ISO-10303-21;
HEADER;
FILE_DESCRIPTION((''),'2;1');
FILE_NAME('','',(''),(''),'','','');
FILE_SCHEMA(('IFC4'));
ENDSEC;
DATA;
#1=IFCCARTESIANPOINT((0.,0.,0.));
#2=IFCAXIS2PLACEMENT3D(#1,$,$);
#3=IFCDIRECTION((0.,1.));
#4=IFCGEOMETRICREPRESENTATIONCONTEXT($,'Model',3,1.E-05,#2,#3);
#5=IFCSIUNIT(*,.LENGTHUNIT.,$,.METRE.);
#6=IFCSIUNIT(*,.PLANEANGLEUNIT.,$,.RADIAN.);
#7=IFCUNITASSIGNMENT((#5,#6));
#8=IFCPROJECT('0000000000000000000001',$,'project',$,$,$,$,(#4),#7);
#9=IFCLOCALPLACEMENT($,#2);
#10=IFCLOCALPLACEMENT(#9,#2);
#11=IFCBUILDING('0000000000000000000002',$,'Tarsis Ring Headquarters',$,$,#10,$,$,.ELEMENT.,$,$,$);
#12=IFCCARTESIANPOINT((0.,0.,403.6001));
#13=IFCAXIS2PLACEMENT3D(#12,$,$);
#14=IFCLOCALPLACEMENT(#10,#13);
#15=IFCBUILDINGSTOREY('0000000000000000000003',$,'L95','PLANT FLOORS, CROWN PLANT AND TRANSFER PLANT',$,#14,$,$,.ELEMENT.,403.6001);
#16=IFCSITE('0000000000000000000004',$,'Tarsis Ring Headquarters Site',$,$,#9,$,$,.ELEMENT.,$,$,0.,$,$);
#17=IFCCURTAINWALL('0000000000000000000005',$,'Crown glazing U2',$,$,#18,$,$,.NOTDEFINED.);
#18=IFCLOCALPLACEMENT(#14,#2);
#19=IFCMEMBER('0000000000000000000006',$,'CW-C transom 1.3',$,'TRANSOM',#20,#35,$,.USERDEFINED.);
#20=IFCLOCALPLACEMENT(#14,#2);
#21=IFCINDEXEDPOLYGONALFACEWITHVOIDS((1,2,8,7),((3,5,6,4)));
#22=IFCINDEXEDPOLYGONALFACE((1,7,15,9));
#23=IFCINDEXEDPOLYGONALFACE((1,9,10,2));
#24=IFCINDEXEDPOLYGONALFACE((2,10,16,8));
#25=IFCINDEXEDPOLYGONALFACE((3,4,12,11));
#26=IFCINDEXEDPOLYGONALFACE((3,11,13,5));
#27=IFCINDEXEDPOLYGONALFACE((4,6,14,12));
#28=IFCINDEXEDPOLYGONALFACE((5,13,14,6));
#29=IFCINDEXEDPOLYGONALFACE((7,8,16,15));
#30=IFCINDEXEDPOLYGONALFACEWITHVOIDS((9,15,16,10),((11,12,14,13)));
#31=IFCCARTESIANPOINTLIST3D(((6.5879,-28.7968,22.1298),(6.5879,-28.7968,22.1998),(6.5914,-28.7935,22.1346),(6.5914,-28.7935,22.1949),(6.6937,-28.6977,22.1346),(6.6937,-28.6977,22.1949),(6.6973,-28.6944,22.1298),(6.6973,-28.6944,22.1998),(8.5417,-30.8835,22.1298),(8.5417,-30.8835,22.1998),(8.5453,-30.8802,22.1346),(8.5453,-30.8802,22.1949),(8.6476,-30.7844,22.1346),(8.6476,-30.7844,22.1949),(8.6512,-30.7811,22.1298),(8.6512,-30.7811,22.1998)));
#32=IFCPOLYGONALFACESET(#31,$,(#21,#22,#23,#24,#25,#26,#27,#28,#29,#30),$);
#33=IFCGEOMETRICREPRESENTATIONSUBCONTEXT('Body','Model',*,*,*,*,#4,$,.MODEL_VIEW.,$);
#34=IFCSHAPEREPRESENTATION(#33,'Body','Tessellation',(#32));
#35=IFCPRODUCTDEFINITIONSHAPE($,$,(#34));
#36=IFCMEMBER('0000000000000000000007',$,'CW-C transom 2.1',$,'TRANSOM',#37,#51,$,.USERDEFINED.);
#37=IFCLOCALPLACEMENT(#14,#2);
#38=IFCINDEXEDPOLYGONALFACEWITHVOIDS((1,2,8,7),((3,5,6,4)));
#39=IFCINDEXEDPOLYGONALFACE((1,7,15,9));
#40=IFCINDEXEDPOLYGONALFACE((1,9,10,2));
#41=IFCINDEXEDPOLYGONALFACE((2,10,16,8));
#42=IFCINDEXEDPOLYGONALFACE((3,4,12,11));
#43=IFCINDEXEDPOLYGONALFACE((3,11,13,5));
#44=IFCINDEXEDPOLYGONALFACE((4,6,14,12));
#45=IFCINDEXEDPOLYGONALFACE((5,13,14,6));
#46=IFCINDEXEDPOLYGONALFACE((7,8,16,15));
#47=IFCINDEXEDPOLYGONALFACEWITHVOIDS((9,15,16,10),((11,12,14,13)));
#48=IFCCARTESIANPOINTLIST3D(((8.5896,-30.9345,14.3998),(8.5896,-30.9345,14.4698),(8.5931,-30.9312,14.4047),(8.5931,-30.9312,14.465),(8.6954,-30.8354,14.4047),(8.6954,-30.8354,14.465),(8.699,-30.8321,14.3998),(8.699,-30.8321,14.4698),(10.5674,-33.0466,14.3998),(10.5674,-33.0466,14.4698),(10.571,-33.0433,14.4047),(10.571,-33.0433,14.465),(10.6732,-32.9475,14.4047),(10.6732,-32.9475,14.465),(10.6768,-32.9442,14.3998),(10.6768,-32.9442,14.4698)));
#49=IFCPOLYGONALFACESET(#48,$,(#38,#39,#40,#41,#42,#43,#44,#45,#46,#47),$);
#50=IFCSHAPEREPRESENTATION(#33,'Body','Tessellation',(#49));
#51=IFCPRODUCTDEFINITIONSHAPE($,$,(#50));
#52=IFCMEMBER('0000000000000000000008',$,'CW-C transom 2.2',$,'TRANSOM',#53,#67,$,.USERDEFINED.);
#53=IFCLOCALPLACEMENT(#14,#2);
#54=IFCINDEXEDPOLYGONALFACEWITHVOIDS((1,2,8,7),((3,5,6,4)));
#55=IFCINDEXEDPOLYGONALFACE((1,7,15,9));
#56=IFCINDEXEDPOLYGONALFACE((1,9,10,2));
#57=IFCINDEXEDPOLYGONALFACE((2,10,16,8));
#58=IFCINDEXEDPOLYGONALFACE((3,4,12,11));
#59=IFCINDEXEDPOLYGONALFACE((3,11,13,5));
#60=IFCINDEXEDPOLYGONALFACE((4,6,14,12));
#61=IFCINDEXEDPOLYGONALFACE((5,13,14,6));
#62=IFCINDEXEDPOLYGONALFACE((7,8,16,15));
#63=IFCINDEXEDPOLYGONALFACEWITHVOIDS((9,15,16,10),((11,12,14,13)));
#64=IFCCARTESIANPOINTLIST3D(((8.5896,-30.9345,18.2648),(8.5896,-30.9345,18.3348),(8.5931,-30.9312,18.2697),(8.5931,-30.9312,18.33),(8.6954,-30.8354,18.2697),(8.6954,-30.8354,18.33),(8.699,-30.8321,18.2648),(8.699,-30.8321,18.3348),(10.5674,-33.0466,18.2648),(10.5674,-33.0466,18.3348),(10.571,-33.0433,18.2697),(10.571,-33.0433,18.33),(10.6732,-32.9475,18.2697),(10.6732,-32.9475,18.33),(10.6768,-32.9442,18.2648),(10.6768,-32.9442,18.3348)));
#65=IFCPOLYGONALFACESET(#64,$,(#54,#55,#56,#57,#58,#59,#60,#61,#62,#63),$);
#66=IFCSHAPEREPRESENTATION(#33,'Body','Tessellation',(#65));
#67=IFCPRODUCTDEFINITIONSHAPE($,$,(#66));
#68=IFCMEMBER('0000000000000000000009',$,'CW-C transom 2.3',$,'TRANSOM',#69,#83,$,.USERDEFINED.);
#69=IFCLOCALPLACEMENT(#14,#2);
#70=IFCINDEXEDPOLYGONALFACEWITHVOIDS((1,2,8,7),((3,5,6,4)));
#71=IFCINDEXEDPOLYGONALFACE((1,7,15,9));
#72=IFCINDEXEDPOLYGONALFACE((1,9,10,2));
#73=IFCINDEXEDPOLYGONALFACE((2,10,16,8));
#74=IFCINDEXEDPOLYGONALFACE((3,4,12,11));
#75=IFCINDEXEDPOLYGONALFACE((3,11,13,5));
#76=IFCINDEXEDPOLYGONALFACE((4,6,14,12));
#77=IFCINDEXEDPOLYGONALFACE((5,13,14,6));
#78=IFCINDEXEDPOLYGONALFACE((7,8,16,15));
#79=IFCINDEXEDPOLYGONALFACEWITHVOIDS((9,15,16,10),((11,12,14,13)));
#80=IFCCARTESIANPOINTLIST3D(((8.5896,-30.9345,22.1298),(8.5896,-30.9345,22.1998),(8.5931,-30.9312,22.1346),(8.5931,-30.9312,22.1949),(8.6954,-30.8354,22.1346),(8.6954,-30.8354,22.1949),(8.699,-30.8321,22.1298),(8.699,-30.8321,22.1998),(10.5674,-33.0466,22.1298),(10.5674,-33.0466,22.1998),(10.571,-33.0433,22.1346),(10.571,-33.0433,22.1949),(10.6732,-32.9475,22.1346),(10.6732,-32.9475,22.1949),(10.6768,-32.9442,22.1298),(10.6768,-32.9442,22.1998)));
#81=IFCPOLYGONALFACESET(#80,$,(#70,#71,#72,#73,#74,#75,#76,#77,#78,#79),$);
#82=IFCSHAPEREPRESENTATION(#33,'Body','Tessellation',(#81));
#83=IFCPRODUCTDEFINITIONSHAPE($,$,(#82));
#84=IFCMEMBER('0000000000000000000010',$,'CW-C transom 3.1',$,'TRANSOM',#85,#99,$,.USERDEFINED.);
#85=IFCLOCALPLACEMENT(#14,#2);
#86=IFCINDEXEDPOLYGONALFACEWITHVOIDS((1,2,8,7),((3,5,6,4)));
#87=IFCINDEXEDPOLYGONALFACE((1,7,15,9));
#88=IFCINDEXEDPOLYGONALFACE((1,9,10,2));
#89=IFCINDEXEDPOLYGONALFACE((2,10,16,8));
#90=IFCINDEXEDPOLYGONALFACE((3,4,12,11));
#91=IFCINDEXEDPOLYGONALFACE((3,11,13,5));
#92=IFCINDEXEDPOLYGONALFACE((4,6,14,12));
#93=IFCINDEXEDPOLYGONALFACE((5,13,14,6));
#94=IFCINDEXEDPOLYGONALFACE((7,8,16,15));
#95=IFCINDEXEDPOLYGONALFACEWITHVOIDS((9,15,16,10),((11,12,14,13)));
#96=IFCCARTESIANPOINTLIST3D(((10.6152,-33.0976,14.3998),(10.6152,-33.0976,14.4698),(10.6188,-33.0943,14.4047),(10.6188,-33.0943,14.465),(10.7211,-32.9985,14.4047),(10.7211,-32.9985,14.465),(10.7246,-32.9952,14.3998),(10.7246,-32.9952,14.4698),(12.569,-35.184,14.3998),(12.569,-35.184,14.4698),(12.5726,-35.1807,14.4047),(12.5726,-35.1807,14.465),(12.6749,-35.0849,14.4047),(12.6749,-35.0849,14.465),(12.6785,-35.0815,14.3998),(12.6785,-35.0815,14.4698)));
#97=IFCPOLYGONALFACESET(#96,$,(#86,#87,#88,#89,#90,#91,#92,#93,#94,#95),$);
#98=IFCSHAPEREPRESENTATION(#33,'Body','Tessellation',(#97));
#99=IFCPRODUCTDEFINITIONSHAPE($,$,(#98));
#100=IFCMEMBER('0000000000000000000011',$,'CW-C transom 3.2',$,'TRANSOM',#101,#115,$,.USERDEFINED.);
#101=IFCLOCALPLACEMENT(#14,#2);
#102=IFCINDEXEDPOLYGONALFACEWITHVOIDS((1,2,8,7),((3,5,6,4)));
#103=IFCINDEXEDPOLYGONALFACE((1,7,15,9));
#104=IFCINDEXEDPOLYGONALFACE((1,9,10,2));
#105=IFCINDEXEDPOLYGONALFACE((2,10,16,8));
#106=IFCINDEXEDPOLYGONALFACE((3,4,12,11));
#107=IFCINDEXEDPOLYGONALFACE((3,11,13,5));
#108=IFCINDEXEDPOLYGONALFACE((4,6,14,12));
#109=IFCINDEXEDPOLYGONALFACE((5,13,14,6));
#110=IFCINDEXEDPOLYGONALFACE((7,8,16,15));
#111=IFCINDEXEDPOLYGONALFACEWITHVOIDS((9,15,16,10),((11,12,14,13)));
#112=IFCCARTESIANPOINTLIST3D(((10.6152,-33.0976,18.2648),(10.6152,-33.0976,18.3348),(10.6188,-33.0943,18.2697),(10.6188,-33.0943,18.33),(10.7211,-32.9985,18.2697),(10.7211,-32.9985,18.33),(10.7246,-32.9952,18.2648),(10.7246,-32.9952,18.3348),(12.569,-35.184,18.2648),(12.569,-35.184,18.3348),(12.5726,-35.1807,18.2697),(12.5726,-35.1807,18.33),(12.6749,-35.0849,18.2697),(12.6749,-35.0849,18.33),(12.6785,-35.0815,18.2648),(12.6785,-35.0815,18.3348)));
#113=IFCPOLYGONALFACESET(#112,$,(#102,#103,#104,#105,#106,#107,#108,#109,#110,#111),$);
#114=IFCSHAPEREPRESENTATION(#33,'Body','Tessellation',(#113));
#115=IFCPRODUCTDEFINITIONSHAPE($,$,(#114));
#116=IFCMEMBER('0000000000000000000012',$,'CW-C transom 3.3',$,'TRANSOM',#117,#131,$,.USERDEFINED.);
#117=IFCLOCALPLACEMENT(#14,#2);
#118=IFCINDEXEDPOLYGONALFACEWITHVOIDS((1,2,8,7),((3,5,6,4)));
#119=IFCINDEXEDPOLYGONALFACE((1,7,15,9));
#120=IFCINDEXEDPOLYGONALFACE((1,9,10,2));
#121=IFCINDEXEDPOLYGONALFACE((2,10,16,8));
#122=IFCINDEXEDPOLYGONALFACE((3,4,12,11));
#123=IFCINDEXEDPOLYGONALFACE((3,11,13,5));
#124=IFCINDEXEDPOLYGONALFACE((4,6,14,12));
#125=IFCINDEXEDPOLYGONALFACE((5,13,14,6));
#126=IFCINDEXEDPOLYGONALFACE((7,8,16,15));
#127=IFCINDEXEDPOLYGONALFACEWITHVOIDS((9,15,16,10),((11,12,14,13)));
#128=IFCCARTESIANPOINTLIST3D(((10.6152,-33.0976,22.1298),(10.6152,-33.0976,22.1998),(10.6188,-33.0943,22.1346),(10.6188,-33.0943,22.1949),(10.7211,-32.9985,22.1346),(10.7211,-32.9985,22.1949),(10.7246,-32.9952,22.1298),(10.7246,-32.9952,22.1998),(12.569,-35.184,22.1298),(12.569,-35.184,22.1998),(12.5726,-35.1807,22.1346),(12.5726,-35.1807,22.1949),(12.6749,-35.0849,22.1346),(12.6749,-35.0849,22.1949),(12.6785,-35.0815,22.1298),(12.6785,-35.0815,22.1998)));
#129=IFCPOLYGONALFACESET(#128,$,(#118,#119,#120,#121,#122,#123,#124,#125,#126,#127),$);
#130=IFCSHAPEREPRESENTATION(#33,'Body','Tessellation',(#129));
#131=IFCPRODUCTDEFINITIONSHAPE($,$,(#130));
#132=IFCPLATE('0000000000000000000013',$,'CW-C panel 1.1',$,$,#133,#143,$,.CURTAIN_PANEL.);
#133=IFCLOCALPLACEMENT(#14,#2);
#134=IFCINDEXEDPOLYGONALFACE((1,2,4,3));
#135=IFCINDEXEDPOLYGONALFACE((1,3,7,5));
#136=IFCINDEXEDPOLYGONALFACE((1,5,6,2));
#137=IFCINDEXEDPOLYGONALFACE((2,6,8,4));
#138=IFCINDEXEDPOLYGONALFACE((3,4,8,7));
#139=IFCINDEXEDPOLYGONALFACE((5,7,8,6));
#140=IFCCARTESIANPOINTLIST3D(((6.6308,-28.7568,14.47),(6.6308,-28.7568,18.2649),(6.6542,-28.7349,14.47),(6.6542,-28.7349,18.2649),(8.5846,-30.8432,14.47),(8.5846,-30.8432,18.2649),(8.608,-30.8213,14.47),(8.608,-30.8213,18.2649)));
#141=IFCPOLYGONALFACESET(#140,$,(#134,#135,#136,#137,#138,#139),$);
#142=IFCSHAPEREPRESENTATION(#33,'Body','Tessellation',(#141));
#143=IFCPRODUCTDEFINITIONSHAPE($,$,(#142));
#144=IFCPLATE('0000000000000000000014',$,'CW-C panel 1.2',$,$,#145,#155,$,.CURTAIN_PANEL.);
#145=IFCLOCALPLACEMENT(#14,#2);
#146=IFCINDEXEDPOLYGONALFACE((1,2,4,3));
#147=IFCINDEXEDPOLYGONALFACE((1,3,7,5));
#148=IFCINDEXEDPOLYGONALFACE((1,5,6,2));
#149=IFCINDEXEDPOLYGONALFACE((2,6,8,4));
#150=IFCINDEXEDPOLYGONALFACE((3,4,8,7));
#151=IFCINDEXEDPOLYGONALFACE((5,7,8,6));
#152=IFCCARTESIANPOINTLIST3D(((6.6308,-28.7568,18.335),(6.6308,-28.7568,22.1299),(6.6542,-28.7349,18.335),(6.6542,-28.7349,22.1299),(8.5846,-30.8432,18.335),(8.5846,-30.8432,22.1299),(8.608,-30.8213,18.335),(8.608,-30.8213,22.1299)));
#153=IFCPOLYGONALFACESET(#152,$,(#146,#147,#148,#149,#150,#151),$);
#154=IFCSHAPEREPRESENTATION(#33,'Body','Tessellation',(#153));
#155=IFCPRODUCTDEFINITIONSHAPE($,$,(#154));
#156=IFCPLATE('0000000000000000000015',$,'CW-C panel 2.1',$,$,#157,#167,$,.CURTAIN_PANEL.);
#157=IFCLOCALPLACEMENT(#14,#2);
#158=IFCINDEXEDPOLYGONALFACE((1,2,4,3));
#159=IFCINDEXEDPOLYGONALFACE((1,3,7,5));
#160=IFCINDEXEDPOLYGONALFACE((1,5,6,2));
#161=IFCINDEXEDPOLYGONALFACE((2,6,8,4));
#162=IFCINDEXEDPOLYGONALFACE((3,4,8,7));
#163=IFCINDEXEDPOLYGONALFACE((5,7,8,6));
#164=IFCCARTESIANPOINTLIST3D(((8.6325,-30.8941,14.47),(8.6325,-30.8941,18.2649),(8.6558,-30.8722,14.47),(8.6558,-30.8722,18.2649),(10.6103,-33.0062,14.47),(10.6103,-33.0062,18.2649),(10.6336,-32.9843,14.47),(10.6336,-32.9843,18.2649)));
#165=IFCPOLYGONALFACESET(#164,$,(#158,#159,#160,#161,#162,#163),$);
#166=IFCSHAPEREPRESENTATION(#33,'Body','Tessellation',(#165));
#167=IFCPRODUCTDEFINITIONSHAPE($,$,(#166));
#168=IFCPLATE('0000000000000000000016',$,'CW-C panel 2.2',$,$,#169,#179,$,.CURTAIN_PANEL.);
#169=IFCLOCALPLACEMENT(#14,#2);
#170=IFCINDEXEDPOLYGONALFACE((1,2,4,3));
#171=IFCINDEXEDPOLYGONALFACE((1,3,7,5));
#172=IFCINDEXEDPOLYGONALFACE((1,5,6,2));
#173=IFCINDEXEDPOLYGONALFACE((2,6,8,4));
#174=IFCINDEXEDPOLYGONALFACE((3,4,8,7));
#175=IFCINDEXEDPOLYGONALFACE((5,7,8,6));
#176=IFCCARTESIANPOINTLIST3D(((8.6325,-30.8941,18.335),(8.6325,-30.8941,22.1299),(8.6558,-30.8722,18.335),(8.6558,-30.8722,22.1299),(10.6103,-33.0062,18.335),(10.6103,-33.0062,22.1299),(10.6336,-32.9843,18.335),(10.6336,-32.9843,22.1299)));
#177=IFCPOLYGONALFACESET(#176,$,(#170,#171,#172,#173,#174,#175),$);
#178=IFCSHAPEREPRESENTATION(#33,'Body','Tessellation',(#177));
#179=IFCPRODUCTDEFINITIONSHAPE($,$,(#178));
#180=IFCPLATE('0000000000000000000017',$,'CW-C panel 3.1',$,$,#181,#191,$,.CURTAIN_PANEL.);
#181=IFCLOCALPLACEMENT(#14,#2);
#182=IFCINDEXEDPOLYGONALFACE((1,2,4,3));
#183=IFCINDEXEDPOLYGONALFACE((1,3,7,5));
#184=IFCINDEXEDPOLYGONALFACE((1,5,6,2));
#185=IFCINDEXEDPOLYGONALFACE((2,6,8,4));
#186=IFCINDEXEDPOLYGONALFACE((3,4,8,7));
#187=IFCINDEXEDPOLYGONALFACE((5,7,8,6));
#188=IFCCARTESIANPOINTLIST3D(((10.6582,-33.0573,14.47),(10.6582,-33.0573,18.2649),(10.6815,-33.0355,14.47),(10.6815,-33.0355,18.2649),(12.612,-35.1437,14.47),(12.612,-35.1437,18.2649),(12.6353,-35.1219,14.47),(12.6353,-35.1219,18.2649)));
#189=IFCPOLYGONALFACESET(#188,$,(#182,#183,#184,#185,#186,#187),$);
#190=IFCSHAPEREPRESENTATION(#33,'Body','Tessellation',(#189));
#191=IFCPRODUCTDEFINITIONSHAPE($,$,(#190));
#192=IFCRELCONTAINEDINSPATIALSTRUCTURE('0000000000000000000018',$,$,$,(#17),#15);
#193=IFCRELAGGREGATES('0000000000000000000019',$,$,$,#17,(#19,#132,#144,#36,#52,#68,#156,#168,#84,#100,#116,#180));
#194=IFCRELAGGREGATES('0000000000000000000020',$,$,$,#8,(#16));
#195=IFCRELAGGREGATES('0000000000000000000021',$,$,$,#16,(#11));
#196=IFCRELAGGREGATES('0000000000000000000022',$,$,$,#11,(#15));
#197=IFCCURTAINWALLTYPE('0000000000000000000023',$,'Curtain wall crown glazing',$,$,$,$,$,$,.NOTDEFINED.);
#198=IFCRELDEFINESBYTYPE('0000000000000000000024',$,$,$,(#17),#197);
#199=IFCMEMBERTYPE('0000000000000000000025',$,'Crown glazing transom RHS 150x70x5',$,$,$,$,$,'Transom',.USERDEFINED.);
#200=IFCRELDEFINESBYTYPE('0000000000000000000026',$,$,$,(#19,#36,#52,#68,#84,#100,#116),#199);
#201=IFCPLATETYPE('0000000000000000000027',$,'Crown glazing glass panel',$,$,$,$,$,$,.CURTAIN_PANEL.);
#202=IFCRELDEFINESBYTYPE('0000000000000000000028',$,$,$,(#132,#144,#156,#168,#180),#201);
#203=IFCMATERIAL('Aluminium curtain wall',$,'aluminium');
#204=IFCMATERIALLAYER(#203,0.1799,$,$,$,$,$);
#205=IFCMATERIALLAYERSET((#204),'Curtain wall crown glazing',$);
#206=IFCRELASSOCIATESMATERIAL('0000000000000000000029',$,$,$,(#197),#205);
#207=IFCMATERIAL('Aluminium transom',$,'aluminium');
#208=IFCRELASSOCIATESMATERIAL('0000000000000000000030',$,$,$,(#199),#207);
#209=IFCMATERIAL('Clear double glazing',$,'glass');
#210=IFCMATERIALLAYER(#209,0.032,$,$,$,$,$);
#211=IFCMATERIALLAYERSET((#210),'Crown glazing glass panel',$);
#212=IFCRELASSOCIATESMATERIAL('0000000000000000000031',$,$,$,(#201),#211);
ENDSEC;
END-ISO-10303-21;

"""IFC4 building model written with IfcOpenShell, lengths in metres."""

from ifc_helpers import new_model, si_unit, direction, frame, origin, origin_2d, place, context, subcontext, project, spatial, rectangle, hollow_rectangle, extrude, material, layer, layer_set, material_profile, profile_set, type_object, element, aggregate, save


model = new_model("IFC4")

# Units and contexts
model_context = context("Model", 3, precision=1e-05, world=origin(), true_north=direction((0.0, 1.0)))
body_context = subcontext(model_context, "Body", "Model", "MODEL_VIEW")
ifc_project = project(units=[si_unit("LENGTHUNIT", "METRE"), si_unit("PLANEANGLEUNIT", "RADIAN")], contexts=[model_context])

# Site, building, storey
site_placement = place(None, origin())
site = spatial("IfcSite", under=ifc_project, at=site_placement, Name="Tarsis Ring Headquarters Site", CompositionType="ELEMENT", RefElevation=0.0)
building_placement = place(site_placement, origin())
building = spatial("IfcBuilding", under=site, at=building_placement, Name="Tarsis Ring Headquarters", CompositionType="ELEMENT")
storey_placement = place(building_placement, frame((0.0, 0.0, 403.6001)))
storey = spatial("IfcBuildingStorey", under=building, at=storey_placement, Name="L95", Description="PLANT FLOORS, CROWN PLANT AND TRANSFER PLANT", CompositionType="ELEMENT", Elevation=403.6001)

# Curtain wall, members, plates
ifc_material_1 = material(Name="Aluminium curtain wall", Category="aluminium")
ifc_layer_1 = layer(ifc_material_1, 0.1799)
ifc_layer_set_1 = layer_set([ifc_layer_1], Name="Curtain wall crown glazing")
curtain_wall_type = type_object("IfcCurtainWallType", Name="Curtain wall crown glazing", PredefinedType="NOTDEFINED", material=ifc_layer_set_1)
curtain_wall_placement = place(storey_placement, origin())
curtain_wall = element("IfcCurtainWall", 1, at=curtain_wall_placement, inside=storey, type_object=curtain_wall_type, Name="Crown glazing U2", PredefinedType="NOTDEFINED")
ifc_material_2 = material(Name="Aluminium transom", Category="aluminium")
ifc_material_profile_1 = material_profile(ifc_material_2, hollow_rectangle(XDim=0.1499, YDim=0.0701, WallThickness=0.0049, at=origin_2d()), Name="RHS 150x70x5")
ifc_profile_set_1 = profile_set([ifc_material_profile_1], Name="Aluminium transom")
member_type_1 = type_object("IfcMemberType", Name="Crown glazing transom RHS 150x70x5", ElementType="Transom", PredefinedType="USERDEFINED", material=ifc_profile_set_1)
member_1_placement = place(storey_placement, frame((6.6426, -28.7456, 22.1648), z_axis=(0.683495, -0.729955, 0.0), x_axis=(0.729955, 0.683495, 0.0)))
member_1 = element("IfcMember", 2, at=member_1_placement, type_object=member_type_1, Name="CW-C transom 1.3", ObjectType="TRANSOM", PredefinedType="USERDEFINED", context=body_context, shape_type="SweptSolid", body=[
    extrude(hollow_rectangle(XDim=0.1499, YDim=0.0701, WallThickness=0.0049, at=origin_2d()), origin(), (0.0, 0.0, 1.0), 2.8586),
])
member_2_placement = place(storey_placement, frame((8.6443, -30.8833, 14.4348), z_axis=(0.683523, -0.729929, 0.0), x_axis=(0.729929, 0.683523, 0.0)))
member_2 = element("IfcMember", 3, at=member_2_placement, type_object=member_type_1, Name="CW-C transom 2.1", ObjectType="TRANSOM", PredefinedType="USERDEFINED", context=body_context, shape_type="SweptSolid", body=[
    extrude(hollow_rectangle(XDim=0.1499, YDim=0.0701, WallThickness=0.0049, at=origin_2d()), origin(), (0.0, 0.0, 1.0), 2.8936),
])
member_3_placement = place(storey_placement, frame((8.6443, -30.8833, 18.2998), z_axis=(0.683523, -0.729929, 0.0), x_axis=(0.729929, 0.683523, 0.0)))
member_3 = element("IfcMember", 4, at=member_3_placement, type_object=member_type_1, Name="CW-C transom 2.2", ObjectType="TRANSOM", PredefinedType="USERDEFINED", context=body_context, shape_type="SweptSolid", body=[
    extrude(hollow_rectangle(XDim=0.1499, YDim=0.0701, WallThickness=0.0049, at=origin_2d()), origin(), (0.0, 0.0, 1.0), 2.8936),
])
member_4_placement = place(storey_placement, frame((8.6443, -30.8833, 22.1648), z_axis=(0.683523, -0.729929, 0.0), x_axis=(0.729929, 0.683523, 0.0)))
member_4 = element("IfcMember", 5, at=member_4_placement, type_object=member_type_1, Name="CW-C transom 2.3", ObjectType="TRANSOM", PredefinedType="USERDEFINED", context=body_context, shape_type="SweptSolid", body=[
    extrude(hollow_rectangle(XDim=0.1499, YDim=0.0701, WallThickness=0.0049, at=origin_2d()), origin(), (0.0, 0.0, 1.0), 2.8936),
])
member_5_placement = place(storey_placement, frame((10.6699, -33.0464, 14.4348), z_axis=(0.683538, -0.729915, 0.0), x_axis=(0.729915, 0.683538, 0.0)))
member_5 = element("IfcMember", 6, at=member_5_placement, type_object=member_type_1, Name="CW-C transom 3.1", ObjectType="TRANSOM", PredefinedType="USERDEFINED", context=body_context, shape_type="SweptSolid", body=[
    extrude(hollow_rectangle(XDim=0.1499, YDim=0.0701, WallThickness=0.0049, at=origin_2d()), origin(), (0.0, 0.0, 1.0), 2.8584),
])
member_6_placement = place(storey_placement, frame((10.6699, -33.0464, 18.2998), z_axis=(0.683538, -0.729915, 0.0), x_axis=(0.729915, 0.683538, 0.0)))
member_6 = element("IfcMember", 7, at=member_6_placement, type_object=member_type_1, Name="CW-C transom 3.2", ObjectType="TRANSOM", PredefinedType="USERDEFINED", context=body_context, shape_type="SweptSolid", body=[
    extrude(hollow_rectangle(XDim=0.1499, YDim=0.0701, WallThickness=0.0049, at=origin_2d()), origin(), (0.0, 0.0, 1.0), 2.8584),
])
member_7_placement = place(storey_placement, frame((10.6699, -33.0464, 22.1648), z_axis=(0.683538, -0.729915, 0.0), x_axis=(0.729915, 0.683538, 0.0)))
member_7 = element("IfcMember", 8, at=member_7_placement, type_object=member_type_1, Name="CW-C transom 3.3", ObjectType="TRANSOM", PredefinedType="USERDEFINED", context=body_context, shape_type="SweptSolid", body=[
    extrude(hollow_rectangle(XDim=0.1499, YDim=0.0701, WallThickness=0.0049, at=origin_2d()), origin(), (0.0, 0.0, 1.0), 2.8584),
])
ifc_material_3 = material(Name="Clear double glazing", Category="glass")
ifc_layer_2 = layer(ifc_material_3, 0.032)
ifc_layer_set_2 = layer_set([ifc_layer_2], Name="Crown glazing glass panel")
plate_type = type_object("IfcPlateType", Name="Crown glazing glass panel", PredefinedType="CURTAIN_PANEL", material=ifc_layer_set_2)
plate_1_placement = place(storey_placement, frame((7.6194, -29.7891, 14.47), z_axis=(0.0, 0.0, 1.0), x_axis=(0.683529, -0.729924, 0.0)))
plate_1 = element("IfcPlate", 9, at=plate_1_placement, type_object=plate_type, Name="CW-C panel 1.1", PredefinedType="CURTAIN_PANEL", context=body_context, shape_type="SweptSolid", body=[
    extrude(rectangle(XDim=2.8584, YDim=0.032, at=origin_2d()), origin(), (0.0, 0.0, 1.0), 3.7949),
])
plate_2_placement = place(storey_placement, frame((7.6194, -29.7891, 18.335), z_axis=(0.0, 0.0, 1.0), x_axis=(0.683529, -0.729924, 0.0)))
plate_2 = element("IfcPlate", 10, at=plate_2_placement, type_object=plate_type, Name="CW-C panel 1.2", PredefinedType="CURTAIN_PANEL", context=body_context, shape_type="SweptSolid", body=[
    extrude(rectangle(XDim=2.8584, YDim=0.032, at=origin_2d()), origin(), (0.0, 0.0, 1.0), 3.7949),
])
plate_3_placement = place(storey_placement, frame((9.6331, -31.9392, 14.47), z_axis=(0.0, 0.0, 1.0), x_axis=(0.683529, -0.729924, 0.0)))
plate_3 = element("IfcPlate", 11, at=plate_3_placement, type_object=plate_type, Name="CW-C panel 2.1", PredefinedType="CURTAIN_PANEL", context=body_context, shape_type="SweptSolid", body=[
    extrude(rectangle(XDim=2.8936, YDim=0.032, at=origin_2d()), origin(), (0.0, 0.0, 1.0), 3.7949),
])
plate_4_placement = place(storey_placement, frame((9.6331, -31.9392, 18.335), z_axis=(0.0, 0.0, 1.0), x_axis=(0.683529, -0.729924, 0.0)))
plate_4 = element("IfcPlate", 12, at=plate_4_placement, type_object=plate_type, Name="CW-C panel 2.2", PredefinedType="CURTAIN_PANEL", context=body_context, shape_type="SweptSolid", body=[
    extrude(rectangle(XDim=2.8936, YDim=0.032, at=origin_2d()), origin(), (0.0, 0.0, 1.0), 3.7949),
])
plate_5_placement = place(storey_placement, frame((11.6467, -34.0896, 14.47), z_axis=(0.0, 0.0, 1.0), x_axis=(0.683529, -0.729924, 0.0)))
plate_5 = element("IfcPlate", 13, at=plate_5_placement, type_object=plate_type, Name="CW-C panel 3.1", PredefinedType="CURTAIN_PANEL", context=body_context, shape_type="SweptSolid", body=[
    extrude(rectangle(XDim=2.8584, YDim=0.032, at=origin_2d()), origin(), (0.0, 0.0, 1.0), 3.7949),
])
aggregate(curtain_wall, [member_1, plate_1, plate_2, member_2, member_3, member_4, plate_3, plate_4, member_5, member_6, member_7, plate_5])

save(model, "model.ifc")
